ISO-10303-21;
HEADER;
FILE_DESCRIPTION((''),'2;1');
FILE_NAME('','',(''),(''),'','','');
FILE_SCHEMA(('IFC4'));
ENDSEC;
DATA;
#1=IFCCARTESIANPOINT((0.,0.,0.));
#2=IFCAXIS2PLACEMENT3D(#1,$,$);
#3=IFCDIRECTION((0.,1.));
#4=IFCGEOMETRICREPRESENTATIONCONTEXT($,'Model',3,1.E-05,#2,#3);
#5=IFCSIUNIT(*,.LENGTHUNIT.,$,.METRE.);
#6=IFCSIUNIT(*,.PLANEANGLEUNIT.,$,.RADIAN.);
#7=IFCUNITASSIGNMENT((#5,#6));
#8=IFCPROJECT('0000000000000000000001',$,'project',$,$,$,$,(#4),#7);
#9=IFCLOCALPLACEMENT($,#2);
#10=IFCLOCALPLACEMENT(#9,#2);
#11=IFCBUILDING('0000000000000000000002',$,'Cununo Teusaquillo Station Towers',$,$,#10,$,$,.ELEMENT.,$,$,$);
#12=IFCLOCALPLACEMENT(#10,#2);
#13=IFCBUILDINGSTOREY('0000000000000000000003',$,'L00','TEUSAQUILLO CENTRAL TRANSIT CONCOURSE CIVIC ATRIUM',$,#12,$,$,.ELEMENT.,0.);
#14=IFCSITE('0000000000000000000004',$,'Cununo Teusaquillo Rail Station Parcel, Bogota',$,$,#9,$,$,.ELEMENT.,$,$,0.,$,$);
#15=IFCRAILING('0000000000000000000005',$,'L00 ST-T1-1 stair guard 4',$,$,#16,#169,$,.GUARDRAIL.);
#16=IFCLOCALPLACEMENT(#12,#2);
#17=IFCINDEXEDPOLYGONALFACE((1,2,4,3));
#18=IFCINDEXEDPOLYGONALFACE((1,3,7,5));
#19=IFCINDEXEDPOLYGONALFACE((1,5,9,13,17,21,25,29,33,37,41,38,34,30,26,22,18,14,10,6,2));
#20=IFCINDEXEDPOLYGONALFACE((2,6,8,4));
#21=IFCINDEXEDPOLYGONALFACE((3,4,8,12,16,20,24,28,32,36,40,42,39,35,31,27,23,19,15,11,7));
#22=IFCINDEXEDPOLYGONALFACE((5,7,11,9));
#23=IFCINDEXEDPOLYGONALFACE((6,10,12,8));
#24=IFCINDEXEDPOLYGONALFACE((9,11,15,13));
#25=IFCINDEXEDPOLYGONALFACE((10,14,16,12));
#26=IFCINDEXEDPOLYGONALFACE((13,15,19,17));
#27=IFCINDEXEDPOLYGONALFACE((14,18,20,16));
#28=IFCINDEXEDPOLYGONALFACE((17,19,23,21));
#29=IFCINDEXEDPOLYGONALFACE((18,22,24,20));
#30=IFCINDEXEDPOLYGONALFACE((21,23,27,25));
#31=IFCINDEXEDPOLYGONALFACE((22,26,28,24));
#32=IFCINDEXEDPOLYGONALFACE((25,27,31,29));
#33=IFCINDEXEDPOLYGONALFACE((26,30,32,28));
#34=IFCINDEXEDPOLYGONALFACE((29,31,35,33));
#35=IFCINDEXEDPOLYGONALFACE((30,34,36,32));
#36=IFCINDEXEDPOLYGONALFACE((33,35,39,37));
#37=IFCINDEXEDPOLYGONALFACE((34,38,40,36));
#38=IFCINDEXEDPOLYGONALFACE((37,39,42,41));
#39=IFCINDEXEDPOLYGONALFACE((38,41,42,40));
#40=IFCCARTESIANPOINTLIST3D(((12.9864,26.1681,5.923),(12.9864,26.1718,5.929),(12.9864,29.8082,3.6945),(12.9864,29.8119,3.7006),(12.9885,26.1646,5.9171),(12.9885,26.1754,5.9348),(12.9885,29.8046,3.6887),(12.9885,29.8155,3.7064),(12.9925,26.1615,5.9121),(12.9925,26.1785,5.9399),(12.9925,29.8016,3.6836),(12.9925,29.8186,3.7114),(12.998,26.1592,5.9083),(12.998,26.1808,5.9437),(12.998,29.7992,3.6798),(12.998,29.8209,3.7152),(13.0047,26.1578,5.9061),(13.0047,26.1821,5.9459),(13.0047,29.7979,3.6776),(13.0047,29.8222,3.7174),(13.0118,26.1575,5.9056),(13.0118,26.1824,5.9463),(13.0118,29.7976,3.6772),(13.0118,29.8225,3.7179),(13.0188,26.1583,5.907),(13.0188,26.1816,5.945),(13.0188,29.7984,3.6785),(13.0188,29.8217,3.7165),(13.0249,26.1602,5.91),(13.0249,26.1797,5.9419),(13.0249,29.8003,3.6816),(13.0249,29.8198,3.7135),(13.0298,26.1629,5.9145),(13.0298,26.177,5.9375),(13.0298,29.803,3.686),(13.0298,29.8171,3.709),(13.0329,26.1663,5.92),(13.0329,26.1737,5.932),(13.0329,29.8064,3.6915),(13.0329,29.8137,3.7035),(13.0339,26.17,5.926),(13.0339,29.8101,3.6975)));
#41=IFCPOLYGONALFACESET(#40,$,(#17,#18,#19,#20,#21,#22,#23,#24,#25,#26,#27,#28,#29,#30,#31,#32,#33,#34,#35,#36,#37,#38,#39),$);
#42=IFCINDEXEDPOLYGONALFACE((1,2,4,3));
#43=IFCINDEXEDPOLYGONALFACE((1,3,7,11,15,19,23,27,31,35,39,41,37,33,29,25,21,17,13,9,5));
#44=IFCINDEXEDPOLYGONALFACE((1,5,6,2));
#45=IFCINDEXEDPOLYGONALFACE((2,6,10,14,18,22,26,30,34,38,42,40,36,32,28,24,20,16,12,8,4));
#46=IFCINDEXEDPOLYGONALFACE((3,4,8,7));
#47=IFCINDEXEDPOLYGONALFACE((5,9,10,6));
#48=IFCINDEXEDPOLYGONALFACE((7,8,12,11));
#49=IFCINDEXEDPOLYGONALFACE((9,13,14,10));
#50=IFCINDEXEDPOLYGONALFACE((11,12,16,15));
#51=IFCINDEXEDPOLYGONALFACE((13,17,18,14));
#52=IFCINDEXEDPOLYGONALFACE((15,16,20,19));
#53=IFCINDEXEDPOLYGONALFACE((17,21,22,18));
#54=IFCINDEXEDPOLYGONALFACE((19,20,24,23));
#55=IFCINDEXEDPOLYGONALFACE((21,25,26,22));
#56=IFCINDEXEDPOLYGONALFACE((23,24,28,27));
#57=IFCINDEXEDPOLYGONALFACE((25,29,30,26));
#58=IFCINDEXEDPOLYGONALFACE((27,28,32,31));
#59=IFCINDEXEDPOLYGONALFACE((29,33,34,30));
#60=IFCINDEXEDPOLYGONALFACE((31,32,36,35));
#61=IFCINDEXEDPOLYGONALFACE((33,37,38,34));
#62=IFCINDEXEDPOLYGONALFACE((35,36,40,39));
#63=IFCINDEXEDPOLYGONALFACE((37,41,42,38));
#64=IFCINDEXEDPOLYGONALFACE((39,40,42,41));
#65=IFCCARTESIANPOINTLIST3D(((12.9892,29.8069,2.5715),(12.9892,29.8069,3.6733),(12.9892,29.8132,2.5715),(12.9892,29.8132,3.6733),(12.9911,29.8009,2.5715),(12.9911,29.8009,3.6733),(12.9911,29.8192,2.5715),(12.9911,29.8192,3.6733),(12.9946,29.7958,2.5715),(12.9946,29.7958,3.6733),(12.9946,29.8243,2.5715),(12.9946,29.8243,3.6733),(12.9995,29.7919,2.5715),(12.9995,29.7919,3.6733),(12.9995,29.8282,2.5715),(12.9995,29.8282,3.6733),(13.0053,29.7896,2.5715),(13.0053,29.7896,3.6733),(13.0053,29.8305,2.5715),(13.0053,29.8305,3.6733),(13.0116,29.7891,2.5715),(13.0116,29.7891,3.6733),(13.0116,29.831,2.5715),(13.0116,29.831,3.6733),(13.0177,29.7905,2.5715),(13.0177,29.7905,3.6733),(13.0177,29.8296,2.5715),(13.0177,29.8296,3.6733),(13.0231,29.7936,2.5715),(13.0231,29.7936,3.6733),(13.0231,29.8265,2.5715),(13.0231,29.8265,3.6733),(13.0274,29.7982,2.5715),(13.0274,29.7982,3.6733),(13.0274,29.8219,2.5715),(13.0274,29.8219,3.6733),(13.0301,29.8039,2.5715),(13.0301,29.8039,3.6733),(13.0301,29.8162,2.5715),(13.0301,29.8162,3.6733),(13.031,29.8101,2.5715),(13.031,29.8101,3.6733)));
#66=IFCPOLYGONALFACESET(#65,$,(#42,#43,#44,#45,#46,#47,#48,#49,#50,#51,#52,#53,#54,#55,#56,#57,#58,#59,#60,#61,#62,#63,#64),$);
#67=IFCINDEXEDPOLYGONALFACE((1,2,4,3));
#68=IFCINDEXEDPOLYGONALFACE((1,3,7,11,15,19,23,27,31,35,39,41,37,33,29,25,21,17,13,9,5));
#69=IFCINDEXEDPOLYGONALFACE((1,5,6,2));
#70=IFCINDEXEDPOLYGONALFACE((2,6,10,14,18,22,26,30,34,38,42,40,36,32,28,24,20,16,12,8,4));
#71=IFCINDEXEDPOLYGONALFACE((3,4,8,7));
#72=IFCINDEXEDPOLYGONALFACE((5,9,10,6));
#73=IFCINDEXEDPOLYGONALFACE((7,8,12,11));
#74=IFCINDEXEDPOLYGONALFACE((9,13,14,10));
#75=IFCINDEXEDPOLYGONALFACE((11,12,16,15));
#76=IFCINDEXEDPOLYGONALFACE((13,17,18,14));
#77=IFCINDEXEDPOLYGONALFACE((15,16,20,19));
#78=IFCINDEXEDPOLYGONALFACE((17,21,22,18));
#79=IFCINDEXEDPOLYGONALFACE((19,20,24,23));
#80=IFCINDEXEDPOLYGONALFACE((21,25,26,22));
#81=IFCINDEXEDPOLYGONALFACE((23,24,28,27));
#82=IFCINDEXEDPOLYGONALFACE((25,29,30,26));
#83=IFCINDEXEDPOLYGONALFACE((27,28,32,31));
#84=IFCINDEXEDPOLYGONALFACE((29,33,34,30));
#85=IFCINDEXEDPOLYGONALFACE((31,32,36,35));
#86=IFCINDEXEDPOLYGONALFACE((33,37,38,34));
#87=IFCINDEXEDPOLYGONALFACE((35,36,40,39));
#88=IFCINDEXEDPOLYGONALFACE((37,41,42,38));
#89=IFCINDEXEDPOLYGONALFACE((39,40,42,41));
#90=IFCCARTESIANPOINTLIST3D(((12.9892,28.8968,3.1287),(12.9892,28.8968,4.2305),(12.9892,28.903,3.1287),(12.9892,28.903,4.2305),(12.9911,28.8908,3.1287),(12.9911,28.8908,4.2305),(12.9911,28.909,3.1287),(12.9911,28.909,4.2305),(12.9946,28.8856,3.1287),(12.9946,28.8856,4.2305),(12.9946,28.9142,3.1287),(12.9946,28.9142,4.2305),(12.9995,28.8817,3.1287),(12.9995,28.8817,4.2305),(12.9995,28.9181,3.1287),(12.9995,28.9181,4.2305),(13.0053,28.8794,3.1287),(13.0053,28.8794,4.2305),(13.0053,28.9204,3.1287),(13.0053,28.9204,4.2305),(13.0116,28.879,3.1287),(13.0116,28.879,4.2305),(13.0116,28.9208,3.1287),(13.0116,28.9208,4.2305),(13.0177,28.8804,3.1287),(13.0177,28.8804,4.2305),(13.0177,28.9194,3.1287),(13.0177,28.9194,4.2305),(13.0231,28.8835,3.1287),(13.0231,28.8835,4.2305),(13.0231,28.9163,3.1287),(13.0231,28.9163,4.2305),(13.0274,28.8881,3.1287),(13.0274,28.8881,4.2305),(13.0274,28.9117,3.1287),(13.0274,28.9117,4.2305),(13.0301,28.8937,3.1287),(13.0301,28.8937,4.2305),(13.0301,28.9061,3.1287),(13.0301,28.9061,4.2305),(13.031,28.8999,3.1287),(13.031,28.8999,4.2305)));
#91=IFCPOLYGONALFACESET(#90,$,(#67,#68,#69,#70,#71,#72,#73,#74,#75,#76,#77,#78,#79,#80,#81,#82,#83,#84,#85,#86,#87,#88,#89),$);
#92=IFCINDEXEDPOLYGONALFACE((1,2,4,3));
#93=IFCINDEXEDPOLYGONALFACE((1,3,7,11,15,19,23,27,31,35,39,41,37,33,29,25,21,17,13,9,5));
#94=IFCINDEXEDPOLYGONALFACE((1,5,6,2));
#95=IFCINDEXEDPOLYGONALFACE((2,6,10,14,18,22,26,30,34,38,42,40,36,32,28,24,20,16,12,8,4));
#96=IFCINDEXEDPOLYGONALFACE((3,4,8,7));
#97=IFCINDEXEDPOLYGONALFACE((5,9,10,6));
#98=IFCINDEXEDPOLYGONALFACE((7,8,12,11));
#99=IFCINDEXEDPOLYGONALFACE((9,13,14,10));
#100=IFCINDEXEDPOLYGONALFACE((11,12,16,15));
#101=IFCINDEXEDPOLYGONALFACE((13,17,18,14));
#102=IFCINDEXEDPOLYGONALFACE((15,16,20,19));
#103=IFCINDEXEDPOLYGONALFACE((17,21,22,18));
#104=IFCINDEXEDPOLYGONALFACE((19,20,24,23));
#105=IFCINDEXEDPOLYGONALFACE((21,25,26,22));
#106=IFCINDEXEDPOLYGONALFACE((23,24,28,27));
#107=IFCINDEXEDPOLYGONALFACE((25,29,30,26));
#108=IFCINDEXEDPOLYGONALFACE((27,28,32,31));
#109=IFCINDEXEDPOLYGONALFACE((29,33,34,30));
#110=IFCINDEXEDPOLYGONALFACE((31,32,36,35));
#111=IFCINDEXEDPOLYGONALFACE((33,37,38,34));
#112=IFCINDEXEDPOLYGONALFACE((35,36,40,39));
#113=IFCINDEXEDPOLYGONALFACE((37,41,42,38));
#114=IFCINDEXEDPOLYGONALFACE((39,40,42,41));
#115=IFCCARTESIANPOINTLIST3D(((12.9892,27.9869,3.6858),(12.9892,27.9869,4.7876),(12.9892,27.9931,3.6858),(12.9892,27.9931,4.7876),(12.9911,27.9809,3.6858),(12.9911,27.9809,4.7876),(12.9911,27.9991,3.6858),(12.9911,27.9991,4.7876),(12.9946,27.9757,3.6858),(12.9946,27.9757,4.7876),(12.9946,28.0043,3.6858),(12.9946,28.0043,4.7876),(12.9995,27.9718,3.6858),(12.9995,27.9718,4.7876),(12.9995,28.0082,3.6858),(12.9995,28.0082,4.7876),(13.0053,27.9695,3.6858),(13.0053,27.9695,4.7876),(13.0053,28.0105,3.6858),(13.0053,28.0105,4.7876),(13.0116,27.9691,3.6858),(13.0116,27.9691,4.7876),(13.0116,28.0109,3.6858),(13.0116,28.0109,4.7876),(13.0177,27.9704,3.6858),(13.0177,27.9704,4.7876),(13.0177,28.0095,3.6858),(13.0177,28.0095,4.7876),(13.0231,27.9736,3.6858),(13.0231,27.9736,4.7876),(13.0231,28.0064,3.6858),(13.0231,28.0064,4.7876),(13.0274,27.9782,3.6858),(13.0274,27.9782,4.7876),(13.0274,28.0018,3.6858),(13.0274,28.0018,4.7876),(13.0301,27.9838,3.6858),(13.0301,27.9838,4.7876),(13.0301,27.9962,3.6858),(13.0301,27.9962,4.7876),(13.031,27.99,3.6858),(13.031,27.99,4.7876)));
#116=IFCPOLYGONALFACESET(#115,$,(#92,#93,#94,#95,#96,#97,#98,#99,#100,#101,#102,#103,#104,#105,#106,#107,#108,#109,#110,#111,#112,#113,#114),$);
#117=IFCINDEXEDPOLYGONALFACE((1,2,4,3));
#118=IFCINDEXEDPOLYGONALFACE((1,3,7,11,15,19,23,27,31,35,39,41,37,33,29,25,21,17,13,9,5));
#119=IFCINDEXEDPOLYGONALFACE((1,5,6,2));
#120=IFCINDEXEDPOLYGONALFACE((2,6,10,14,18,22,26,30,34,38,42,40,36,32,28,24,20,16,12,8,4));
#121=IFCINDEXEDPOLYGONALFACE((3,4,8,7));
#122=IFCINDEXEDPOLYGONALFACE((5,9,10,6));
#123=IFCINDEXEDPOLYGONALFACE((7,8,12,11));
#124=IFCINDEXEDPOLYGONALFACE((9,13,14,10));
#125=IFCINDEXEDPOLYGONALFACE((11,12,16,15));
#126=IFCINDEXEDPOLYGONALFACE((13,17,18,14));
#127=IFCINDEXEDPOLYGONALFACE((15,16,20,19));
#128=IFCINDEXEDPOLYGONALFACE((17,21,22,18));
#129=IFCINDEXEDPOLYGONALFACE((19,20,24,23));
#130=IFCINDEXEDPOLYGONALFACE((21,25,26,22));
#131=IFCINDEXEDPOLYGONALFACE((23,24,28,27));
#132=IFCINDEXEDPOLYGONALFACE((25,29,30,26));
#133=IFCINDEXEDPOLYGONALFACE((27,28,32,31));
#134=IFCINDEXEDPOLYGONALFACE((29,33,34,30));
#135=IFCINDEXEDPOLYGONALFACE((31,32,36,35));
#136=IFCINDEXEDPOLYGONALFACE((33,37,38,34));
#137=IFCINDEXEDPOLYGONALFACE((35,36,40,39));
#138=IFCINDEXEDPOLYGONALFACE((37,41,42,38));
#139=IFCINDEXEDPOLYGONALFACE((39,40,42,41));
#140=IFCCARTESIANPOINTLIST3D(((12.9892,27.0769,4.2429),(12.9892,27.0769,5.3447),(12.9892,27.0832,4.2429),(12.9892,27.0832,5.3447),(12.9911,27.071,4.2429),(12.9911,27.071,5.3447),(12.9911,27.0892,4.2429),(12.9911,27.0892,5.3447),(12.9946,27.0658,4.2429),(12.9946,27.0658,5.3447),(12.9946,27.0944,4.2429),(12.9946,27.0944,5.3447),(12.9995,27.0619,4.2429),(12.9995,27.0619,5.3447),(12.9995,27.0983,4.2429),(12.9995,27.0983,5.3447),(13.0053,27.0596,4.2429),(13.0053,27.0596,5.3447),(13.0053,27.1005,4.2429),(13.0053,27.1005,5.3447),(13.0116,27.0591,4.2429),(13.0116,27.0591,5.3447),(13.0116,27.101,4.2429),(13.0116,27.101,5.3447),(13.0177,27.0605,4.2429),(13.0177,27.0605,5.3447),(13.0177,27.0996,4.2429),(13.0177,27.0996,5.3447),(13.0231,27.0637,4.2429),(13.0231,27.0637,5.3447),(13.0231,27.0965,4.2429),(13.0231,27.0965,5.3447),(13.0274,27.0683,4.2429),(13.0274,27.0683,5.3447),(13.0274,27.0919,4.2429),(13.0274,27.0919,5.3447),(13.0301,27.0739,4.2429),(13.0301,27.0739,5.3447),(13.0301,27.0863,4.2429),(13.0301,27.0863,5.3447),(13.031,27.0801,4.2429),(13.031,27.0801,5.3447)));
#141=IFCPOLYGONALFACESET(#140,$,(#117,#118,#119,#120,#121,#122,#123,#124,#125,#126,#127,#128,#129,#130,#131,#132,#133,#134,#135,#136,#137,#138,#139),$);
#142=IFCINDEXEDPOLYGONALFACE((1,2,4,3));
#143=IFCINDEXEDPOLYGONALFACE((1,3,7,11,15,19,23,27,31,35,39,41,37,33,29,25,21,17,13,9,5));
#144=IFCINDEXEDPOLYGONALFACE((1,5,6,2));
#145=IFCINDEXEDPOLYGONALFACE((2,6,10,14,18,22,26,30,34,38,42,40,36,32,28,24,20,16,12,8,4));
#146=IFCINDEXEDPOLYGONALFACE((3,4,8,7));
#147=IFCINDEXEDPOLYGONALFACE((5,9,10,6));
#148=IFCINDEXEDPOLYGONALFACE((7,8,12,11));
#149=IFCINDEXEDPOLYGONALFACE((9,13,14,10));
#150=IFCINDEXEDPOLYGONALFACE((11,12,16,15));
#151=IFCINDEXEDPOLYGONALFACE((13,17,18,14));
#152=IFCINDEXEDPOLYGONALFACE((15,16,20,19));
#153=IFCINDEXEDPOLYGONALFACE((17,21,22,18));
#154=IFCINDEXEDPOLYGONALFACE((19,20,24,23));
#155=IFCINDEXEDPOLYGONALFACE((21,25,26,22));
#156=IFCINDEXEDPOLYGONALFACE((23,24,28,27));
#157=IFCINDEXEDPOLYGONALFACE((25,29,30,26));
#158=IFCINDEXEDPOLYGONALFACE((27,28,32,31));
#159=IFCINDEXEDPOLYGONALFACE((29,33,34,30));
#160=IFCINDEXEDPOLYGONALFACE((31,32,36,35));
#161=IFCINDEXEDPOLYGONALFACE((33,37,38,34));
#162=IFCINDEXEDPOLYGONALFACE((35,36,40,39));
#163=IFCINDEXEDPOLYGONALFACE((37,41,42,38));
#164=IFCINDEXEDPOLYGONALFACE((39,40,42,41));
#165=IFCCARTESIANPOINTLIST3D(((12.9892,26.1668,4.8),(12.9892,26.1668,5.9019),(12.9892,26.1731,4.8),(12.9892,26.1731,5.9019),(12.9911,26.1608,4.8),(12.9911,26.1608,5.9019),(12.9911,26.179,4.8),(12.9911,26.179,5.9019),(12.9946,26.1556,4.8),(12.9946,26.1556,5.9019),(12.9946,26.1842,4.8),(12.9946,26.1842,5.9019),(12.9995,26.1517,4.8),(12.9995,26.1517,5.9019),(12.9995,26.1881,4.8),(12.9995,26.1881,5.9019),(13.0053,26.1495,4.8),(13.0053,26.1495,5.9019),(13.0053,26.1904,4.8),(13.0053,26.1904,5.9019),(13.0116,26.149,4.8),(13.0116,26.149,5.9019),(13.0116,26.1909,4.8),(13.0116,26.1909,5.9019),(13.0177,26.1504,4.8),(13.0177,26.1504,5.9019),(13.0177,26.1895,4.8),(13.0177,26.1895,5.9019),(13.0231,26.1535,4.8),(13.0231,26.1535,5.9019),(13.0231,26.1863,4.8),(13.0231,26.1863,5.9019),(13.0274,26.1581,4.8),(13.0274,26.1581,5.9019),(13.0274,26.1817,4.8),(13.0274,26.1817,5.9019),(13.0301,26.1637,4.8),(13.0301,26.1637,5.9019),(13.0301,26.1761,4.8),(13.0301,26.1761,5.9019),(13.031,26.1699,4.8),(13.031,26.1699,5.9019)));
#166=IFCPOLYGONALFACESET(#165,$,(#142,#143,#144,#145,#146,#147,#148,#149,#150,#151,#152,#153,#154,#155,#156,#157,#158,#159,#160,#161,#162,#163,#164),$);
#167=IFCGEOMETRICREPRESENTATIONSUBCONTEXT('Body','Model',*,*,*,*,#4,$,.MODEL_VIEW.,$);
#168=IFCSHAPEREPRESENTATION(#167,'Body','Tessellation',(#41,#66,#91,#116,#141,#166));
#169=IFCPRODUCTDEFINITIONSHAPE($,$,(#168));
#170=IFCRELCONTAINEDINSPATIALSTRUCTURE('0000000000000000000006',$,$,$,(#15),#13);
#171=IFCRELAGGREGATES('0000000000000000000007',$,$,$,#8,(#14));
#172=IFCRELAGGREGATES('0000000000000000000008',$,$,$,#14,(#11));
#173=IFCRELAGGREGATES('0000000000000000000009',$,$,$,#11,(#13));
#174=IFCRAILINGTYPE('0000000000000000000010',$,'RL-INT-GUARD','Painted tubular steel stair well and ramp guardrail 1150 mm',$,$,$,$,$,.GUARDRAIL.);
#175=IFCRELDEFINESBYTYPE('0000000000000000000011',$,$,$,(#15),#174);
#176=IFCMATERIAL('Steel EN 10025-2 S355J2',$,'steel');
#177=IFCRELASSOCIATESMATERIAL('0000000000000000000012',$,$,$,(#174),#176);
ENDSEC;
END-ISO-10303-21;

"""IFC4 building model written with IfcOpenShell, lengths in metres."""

from ifc_helpers import new_model, si_unit, direction, frame, origin, origin_2d, place, context, subcontext, project, spatial, circle, extrude, material, type_object, element, save


model = new_model("IFC4")

# Units and contexts
model_context = context("Model", 3, precision=1e-05, world=origin(), true_north=direction((0.0, 1.0)))
body_context = subcontext(model_context, "Body", "Model", "MODEL_VIEW")
ifc_project = project(units=[si_unit("LENGTHUNIT", "METRE"), si_unit("PLANEANGLEUNIT", "RADIAN")], contexts=[model_context])

# Site, building, storey
site_placement = place(None, origin())
site = spatial("IfcSite", under=ifc_project, at=site_placement, Name="Cununo Teusaquillo Rail Station Parcel, Bogota", CompositionType="ELEMENT", RefElevation=0.0)
building_placement = place(site_placement, origin())
building = spatial("IfcBuilding", under=site, at=building_placement, Name="Cununo Teusaquillo Station Towers", CompositionType="ELEMENT")
storey_placement = place(building_placement, origin())
storey = spatial("IfcBuildingStorey", under=building, at=storey_placement, Name="L00", Description="TEUSAQUILLO CENTRAL TRANSIT CONCOURSE CIVIC ATRIUM", CompositionType="ELEMENT", Elevation=0.0)

# Railing
ifc_material_1 = material(Name="Steel EN 10025-2 S355J2", Category="steel")
railing_type_1 = type_object("IfcRailingType", Name="RL-INT-GUARD", Description="Painted tubular steel stair well and ramp guardrail 1150 mm", PredefinedType="GUARDRAIL", material=ifc_material_1)
railing_1_placement = place(storey_placement, frame((13.01, 29.8101, 2.5715)))
element("IfcRailing", 1, at=railing_1_placement, inside=storey, type_object=railing_type_1, Name="L00 ST-T1-1 stair guard 4", PredefinedType="GUARDRAIL", context=body_context, shape_type="SweptSolid", body=[
    extrude(circle(Radius=0.0239, at=origin_2d()), frame((0.0, 0.0, 1.126), z_axis=(0.0, -0.852866, 0.52213), x_axis=(1.0, 0.0, 0.0)), (0.0, 0.0, 1.0), 4.2681),
    extrude(circle(Radius=0.021, at=origin_2d()), origin(), (0.0, 0.0, 1.0), 1.1018),
    extrude(circle(Radius=0.021, at=origin_2d()), frame((0.0, -0.9102, 0.5571)), (0.0, 0.0, 1.0), 1.1018),
    extrude(circle(Radius=0.021, at=origin_2d()), frame((0.0, -1.8201, 1.1143)), (0.0, 0.0, 1.0), 1.1018),
    extrude(circle(Radius=0.021, at=origin_2d()), frame((0.0, -2.73, 1.6714)), (0.0, 0.0, 1.0), 1.1018),
    extrude(circle(Radius=0.021, at=origin_2d()), frame((0.0, -3.6401, 2.2285)), (0.0, 0.0, 1.0), 1.1018),
])

save(model, "model.ifc")
